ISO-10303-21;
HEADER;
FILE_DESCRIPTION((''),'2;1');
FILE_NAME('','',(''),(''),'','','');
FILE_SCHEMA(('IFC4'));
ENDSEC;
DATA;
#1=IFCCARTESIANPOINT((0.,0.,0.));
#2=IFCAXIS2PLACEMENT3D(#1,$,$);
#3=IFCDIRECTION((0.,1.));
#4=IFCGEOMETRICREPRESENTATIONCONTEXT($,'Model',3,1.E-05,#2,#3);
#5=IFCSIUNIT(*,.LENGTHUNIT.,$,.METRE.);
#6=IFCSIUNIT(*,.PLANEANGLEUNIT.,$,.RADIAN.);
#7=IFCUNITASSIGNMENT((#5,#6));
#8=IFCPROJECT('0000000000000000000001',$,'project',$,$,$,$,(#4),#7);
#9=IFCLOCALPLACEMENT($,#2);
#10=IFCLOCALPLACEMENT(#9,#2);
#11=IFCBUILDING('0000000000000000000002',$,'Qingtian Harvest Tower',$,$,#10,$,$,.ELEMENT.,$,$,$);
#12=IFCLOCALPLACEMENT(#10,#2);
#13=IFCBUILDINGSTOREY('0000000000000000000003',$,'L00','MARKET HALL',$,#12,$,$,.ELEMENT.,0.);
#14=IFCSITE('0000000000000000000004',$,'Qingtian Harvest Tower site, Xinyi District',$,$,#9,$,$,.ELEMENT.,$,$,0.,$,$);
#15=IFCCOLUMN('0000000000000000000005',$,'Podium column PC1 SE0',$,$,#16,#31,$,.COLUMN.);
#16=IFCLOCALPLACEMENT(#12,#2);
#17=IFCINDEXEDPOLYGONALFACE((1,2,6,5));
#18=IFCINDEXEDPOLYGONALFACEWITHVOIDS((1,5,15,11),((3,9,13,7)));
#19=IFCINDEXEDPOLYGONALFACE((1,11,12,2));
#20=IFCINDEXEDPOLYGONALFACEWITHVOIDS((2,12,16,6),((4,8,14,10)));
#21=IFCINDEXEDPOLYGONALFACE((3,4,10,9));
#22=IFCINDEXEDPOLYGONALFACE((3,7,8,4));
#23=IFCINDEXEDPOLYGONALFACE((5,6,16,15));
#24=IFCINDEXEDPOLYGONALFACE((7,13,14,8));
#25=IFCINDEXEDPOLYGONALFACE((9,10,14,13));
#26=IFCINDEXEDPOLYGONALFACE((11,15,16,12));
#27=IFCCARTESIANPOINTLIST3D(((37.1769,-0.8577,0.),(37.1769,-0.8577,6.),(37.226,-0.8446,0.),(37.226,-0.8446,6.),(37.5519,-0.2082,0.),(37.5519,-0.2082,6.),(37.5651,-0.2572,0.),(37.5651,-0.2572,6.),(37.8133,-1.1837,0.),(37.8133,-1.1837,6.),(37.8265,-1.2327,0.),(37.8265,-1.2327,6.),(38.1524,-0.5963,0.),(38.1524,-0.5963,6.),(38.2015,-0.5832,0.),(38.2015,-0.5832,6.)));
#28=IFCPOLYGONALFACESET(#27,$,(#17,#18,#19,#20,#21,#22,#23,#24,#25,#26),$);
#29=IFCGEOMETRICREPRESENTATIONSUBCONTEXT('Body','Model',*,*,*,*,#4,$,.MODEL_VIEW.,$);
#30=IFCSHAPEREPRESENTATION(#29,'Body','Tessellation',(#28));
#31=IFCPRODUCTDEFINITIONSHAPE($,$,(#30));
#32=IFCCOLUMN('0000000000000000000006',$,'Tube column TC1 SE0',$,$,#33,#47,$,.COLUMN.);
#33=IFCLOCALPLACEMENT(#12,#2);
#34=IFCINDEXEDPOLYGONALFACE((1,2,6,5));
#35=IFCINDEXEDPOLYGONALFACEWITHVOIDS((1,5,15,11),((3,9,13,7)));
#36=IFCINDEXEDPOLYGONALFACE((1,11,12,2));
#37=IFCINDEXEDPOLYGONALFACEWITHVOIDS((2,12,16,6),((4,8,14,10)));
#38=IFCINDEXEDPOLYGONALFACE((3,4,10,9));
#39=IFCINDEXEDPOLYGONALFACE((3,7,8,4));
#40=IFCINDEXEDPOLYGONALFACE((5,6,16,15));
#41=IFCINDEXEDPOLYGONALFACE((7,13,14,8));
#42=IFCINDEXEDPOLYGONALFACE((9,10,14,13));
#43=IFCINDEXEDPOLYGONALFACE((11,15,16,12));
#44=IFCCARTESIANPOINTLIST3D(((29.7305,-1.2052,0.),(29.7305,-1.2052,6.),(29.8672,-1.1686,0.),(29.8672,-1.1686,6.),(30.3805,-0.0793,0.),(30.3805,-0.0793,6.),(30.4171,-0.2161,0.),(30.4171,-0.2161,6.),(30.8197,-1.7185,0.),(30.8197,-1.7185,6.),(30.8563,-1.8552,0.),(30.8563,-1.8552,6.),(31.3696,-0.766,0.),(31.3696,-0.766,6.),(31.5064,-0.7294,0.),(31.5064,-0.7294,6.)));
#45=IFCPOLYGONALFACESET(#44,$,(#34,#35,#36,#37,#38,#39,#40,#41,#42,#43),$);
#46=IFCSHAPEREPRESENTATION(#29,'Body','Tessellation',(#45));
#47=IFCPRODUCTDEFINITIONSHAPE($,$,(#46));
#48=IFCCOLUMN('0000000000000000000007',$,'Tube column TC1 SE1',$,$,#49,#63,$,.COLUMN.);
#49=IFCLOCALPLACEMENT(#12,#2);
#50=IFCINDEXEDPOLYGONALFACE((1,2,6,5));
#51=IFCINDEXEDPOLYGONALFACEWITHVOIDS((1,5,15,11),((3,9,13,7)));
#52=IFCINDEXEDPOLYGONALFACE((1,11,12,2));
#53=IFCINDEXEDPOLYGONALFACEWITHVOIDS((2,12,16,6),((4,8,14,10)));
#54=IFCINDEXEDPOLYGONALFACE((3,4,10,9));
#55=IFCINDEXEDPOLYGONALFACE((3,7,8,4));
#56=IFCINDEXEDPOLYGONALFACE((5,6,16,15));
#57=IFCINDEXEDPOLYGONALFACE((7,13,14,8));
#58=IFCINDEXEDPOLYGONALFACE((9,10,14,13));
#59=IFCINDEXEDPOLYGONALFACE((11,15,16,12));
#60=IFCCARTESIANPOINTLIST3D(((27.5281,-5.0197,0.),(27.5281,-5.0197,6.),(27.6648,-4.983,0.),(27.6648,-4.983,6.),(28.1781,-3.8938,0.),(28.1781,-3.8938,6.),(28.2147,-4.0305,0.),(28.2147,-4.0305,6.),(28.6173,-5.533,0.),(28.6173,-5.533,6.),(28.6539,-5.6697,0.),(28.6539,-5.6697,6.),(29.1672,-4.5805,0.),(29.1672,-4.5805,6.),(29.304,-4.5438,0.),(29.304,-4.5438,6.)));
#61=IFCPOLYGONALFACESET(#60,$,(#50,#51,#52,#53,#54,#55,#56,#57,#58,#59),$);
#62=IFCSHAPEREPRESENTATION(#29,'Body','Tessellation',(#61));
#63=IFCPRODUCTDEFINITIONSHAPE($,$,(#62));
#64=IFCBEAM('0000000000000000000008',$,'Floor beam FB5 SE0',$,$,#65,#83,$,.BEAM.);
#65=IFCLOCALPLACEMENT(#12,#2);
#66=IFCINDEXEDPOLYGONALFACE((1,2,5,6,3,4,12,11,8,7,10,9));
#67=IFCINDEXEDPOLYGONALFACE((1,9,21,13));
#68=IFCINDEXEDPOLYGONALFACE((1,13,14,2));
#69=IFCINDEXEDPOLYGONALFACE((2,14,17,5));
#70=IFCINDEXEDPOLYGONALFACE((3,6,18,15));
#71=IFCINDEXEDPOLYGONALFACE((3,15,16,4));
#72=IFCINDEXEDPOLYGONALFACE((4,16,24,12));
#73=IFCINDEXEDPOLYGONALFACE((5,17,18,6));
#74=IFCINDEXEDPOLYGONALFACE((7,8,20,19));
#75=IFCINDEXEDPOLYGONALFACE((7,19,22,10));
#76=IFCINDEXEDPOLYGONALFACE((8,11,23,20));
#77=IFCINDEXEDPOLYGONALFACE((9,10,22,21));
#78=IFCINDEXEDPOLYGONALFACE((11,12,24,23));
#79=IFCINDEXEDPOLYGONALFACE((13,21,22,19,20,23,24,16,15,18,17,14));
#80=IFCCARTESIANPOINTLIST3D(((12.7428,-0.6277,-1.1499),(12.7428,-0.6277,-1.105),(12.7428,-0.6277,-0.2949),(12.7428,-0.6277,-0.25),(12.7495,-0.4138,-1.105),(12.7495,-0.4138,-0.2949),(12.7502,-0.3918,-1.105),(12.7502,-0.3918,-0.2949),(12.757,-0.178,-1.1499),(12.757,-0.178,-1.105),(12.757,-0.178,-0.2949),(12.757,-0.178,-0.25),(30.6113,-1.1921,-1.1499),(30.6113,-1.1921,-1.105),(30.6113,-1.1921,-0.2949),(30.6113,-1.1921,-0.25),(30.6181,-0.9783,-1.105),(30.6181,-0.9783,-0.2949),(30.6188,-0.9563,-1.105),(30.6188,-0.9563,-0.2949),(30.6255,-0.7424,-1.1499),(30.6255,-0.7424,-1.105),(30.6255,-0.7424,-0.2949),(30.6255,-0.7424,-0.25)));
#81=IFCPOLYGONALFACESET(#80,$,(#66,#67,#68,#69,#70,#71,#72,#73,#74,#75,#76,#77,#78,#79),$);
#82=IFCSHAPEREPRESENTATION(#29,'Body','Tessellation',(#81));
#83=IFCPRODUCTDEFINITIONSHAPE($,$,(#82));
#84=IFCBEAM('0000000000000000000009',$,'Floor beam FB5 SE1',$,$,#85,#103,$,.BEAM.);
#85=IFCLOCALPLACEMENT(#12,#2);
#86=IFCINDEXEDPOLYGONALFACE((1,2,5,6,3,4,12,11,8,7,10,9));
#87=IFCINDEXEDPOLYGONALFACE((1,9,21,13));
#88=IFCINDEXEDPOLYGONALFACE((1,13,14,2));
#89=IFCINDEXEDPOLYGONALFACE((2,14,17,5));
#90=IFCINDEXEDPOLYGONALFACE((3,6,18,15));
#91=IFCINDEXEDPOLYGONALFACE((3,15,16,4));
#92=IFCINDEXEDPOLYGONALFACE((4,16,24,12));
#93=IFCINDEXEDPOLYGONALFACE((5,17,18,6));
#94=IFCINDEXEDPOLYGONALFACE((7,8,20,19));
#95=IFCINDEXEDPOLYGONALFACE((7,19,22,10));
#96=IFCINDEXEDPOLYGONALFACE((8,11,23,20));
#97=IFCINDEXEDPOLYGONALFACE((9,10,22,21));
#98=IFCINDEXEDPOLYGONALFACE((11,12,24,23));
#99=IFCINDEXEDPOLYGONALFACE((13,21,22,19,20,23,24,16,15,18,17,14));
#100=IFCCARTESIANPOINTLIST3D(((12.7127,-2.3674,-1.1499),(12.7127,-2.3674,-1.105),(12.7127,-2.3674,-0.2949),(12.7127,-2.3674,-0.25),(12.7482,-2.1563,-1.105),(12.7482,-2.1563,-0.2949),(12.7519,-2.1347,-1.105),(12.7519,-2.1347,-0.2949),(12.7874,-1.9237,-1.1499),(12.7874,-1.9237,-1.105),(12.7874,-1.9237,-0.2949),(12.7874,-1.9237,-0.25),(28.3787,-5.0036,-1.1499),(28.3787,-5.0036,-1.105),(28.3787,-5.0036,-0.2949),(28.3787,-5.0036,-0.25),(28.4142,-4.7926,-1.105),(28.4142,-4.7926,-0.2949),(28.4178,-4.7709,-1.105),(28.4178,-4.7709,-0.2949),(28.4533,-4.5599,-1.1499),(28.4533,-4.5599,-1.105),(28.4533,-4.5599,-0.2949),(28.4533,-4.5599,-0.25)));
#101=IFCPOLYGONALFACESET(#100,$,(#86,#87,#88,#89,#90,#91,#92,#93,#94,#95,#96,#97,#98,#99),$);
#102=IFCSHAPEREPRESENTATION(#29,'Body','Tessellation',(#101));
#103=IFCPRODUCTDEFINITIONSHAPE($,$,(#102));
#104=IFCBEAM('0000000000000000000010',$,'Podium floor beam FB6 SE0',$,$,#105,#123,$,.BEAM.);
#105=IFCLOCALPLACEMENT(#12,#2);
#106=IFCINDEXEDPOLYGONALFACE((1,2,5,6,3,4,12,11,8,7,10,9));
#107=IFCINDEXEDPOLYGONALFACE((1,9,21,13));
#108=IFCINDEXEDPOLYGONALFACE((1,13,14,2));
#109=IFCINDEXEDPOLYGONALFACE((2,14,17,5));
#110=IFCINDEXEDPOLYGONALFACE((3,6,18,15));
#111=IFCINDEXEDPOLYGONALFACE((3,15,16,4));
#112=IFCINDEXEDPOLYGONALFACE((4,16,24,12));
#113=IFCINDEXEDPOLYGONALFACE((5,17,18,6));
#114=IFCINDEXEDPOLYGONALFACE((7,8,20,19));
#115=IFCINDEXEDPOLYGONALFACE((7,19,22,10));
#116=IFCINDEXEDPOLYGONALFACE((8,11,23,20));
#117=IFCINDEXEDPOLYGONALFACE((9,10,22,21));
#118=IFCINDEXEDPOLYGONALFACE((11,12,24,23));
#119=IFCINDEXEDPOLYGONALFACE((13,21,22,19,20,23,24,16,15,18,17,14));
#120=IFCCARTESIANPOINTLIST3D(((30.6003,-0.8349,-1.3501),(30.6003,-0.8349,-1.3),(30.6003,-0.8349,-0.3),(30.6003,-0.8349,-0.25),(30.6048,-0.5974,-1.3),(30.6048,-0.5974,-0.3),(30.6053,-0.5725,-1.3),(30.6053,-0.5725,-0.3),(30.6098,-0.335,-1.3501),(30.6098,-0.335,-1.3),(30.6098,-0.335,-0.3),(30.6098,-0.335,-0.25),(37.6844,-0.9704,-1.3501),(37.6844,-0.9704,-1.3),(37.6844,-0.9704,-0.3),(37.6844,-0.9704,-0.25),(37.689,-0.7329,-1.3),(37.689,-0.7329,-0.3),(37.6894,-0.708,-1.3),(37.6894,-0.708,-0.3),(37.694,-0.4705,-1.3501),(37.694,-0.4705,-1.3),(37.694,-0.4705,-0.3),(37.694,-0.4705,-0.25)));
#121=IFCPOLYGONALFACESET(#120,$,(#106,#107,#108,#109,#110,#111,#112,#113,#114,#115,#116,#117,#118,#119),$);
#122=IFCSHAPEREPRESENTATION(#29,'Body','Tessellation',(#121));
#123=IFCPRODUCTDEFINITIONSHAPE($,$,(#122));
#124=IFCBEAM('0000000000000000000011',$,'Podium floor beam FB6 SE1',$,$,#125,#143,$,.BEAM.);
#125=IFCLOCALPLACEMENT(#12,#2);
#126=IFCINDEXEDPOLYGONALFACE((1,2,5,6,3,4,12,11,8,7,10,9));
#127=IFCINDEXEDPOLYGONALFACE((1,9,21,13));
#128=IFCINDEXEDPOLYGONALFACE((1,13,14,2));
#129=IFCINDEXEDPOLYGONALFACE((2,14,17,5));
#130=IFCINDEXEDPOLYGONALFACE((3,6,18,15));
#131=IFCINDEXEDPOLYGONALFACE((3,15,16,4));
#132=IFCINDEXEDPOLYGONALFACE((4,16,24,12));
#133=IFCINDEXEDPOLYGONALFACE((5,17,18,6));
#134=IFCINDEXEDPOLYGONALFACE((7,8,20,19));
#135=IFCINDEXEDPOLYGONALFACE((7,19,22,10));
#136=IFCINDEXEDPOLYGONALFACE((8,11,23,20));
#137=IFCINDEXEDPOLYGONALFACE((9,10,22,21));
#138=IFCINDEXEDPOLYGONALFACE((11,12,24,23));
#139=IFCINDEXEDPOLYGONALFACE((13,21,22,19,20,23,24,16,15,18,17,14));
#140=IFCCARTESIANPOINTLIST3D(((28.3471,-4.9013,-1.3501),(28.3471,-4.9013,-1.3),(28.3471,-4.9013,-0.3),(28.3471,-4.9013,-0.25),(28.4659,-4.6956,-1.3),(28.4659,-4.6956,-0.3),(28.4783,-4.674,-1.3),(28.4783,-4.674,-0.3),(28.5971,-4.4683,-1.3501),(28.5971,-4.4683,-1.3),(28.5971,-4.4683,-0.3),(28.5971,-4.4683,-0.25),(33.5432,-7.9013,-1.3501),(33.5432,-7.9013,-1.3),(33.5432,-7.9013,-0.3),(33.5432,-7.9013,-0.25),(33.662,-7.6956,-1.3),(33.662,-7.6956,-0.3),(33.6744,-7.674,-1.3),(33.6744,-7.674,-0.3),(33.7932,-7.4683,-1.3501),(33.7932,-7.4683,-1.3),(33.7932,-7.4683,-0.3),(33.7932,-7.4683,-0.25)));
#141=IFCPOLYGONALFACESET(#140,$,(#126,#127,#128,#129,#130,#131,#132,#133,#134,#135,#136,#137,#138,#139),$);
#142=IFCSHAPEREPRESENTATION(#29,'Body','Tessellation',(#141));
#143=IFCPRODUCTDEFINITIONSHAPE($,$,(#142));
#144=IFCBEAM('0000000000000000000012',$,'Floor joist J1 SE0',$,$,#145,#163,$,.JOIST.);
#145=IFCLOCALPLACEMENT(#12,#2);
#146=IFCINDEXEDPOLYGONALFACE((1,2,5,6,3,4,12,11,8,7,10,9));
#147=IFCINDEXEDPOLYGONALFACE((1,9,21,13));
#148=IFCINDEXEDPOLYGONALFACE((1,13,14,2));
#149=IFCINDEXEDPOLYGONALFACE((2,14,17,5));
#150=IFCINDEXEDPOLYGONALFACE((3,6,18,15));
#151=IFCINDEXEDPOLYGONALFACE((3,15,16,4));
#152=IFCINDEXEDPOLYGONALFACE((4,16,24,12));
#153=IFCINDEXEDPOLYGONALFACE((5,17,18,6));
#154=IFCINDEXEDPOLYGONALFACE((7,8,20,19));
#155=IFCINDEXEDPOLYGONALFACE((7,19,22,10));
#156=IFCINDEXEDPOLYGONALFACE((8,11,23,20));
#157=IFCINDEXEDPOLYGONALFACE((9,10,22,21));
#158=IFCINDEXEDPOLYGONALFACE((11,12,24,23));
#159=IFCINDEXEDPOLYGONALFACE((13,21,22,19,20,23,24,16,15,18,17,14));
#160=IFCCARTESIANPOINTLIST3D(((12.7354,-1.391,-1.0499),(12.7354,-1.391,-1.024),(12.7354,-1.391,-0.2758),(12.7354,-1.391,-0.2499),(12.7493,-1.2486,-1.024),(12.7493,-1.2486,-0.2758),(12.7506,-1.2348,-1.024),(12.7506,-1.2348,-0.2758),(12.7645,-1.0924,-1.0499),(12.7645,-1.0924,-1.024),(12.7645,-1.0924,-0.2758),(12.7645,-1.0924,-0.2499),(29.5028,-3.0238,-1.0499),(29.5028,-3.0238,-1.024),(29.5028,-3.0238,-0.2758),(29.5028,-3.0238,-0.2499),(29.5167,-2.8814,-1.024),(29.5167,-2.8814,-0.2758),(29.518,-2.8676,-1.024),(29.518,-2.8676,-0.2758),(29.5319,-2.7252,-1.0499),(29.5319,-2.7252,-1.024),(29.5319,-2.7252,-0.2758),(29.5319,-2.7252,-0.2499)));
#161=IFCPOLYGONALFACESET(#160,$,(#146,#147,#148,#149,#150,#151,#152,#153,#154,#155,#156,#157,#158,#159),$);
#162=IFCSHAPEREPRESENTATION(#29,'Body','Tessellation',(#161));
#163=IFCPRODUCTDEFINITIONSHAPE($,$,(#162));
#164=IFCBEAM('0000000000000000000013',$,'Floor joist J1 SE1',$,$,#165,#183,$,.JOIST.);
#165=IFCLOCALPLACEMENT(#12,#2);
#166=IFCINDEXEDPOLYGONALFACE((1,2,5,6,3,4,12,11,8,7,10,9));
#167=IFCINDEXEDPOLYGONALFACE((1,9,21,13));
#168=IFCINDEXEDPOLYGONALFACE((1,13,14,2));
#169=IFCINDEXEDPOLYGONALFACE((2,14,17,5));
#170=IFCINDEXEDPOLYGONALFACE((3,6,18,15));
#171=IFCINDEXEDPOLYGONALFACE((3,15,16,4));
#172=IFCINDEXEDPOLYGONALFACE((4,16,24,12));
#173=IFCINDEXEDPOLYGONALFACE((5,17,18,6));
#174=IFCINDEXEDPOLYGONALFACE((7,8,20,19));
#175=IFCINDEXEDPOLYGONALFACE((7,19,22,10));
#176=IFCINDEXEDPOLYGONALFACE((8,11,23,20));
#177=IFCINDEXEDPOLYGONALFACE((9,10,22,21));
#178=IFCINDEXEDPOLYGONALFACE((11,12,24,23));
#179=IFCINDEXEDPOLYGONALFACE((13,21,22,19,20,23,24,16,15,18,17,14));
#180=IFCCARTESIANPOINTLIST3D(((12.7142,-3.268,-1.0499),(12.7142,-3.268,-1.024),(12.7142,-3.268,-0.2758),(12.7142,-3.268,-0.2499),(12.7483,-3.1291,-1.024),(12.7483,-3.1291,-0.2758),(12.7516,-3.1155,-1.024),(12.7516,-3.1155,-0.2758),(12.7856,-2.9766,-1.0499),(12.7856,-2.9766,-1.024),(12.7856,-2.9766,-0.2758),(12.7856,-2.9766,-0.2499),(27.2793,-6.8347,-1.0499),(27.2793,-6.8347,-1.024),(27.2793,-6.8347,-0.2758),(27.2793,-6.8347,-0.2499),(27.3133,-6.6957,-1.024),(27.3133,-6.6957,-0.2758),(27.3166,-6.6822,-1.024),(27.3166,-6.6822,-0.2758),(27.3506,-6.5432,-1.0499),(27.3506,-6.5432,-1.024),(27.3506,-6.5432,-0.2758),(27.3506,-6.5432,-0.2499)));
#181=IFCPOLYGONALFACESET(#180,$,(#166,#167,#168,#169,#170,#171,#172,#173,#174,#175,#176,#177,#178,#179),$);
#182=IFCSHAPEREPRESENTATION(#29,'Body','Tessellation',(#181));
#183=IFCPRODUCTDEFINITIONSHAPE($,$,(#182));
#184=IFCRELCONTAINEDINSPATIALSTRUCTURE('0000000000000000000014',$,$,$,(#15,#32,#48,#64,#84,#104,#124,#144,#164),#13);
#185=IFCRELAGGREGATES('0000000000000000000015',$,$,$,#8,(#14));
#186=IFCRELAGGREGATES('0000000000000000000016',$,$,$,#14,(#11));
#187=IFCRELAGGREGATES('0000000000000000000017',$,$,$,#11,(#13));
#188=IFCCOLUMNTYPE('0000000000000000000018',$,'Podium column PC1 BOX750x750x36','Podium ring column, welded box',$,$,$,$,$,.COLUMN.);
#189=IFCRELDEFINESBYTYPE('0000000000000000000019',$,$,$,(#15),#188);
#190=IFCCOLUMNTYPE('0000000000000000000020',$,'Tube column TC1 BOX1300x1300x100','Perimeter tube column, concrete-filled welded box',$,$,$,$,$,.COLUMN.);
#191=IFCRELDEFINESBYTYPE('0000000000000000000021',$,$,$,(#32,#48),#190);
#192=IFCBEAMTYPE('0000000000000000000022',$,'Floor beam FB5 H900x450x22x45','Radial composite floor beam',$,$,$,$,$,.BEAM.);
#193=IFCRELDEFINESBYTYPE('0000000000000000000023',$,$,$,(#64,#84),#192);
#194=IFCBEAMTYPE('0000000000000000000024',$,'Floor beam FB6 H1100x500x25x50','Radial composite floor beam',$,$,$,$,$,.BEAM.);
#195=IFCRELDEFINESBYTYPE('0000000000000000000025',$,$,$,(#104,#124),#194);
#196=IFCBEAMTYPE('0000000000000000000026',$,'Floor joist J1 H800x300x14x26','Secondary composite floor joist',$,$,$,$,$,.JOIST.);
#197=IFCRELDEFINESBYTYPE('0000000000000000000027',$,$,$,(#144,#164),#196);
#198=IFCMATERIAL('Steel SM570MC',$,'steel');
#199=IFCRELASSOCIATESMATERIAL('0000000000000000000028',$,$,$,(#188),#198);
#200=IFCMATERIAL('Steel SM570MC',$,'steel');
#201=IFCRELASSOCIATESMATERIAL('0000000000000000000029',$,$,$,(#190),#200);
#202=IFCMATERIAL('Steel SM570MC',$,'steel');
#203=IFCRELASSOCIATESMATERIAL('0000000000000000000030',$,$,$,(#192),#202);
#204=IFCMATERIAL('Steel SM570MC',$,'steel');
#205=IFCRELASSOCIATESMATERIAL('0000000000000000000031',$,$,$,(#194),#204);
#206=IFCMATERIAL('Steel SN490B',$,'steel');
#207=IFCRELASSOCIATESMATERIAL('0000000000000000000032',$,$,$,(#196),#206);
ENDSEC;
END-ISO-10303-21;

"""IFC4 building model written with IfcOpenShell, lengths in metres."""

from ifc_helpers import new_model, si_unit, direction, frame, origin, origin_2d, place, context, subcontext, project, spatial, hollow_rectangle, i_section, extrude, material, material_profile, profile_set, type_object, element, save


model = new_model("IFC4")

# Units and contexts
model_context = context("Model", 3, precision=1e-05, world=origin(), true_north=direction((0.0, 1.0)))
body_context = subcontext(model_context, "Body", "Model", "MODEL_VIEW")
ifc_project = project(units=[si_unit("LENGTHUNIT", "METRE"), si_unit("PLANEANGLEUNIT", "RADIAN")], contexts=[model_context])

# Site, building, storey
site_placement = place(None, origin())
site = spatial("IfcSite", under=ifc_project, at=site_placement, Name="Qingtian Harvest Tower site, Xinyi District", CompositionType="ELEMENT", RefElevation=0.0)
building_placement = place(site_placement, origin())
building = spatial("IfcBuilding", under=site, at=building_placement, Name="Qingtian Harvest Tower", CompositionType="ELEMENT")
storey_placement = place(building_placement, origin())
storey = spatial("IfcBuildingStorey", under=building, at=storey_placement, Name="L00", Description="MARKET HALL", CompositionType="ELEMENT", Elevation=0.0)

# Columns
ifc_material_1 = material(Name="Steel SM570MC", Category="steel")
ifc_material_profile_1 = material_profile(ifc_material_1, hollow_rectangle(XDim=0.75, YDim=0.75, WallThickness=0.0359, at=origin_2d()), Name="BOX750x750x36")
ifc_profile_set_1 = profile_set([ifc_material_profile_1], Name="Steel SM570MC")
column_type_1 = type_object("IfcColumnType", Name="Podium column PC1 BOX750x750x36", Description="Podium ring column, welded box", PredefinedType="COLUMN", material=ifc_profile_set_1)
column_placement = place(storey_placement, frame((37.6892, -0.7205, 0.0), z_axis=(0.0, 0.0, 1.0), x_axis=(0.5, 0.866025, 0.0)))
element("IfcColumn", 1, at=column_placement, inside=storey, type_object=column_type_1, Name="Podium column PC1 SE0", PredefinedType="COLUMN", context=body_context, shape_type="SweptSolid", body=[
    extrude(hollow_rectangle(XDim=0.75, YDim=0.75, WallThickness=0.0359, at=origin_2d()), origin(), (0.0, 0.0, 1.0), 6.0),
])
ifc_material_2 = material(Name="Steel SM570MC", Category="steel")
ifc_material_profile_2 = material_profile(ifc_material_2, hollow_rectangle(XDim=1.3, YDim=1.3, WallThickness=0.1001, at=origin_2d()), Name="BOX1300x1300x100")
ifc_profile_set_2 = profile_set([ifc_material_profile_2], Name="Steel SM570MC")
column_type_2 = type_object("IfcColumnType", Name="Tube column TC1 BOX1300x1300x100", Description="Perimeter tube column, concrete-filled welded box", PredefinedType="COLUMN", material=ifc_profile_set_2)
for number, where, z_axis, x_axis, name in (
    (2, (30.6184, -0.9673, 0.0), (0.0, 0.0, 1.0), (0.5, 0.866025, 0.0), "Tube column TC1 SE0"),
    (3, (28.416, -4.7817, 0.0), (0.0, 0.0, 1.0), (0.5, 0.866025, 0.0), "Tube column TC1 SE1"),
):
    element("IfcColumn", number, at=place(storey_placement, frame(where, z_axis=z_axis, x_axis=x_axis)), inside=storey, type_object=column_type_2, Name=name, PredefinedType="COLUMN", context=body_context, shape_type="SweptSolid", body=[
        extrude(hollow_rectangle(XDim=1.3, YDim=1.3, WallThickness=0.1001, at=origin_2d()), origin(), (0.0, 0.0, 1.0), 6.0),
    ])

# Beams
ifc_material_3 = material(Name="Steel SM570MC", Category="steel")
ifc_material_profile_3 = material_profile(ifc_material_3, i_section(OverallWidth=0.45, OverallDepth=0.8999, WebThickness=0.022, FlangeThickness=0.0449, at=origin_2d()), Name="H900x450x22x45")
ifc_profile_set_3 = profile_set([ifc_material_profile_3], Name="Steel SM570MC")
beam_type_1 = type_object("IfcBeamType", Name="Floor beam FB5 H900x450x22x45", Description="Radial composite floor beam", PredefinedType="BEAM", material=ifc_profile_set_3)
beam_1_placement = place(storey_placement, frame((30.6184, -0.9673, -0.7), z_axis=(-0.999501, 0.031574, 0.0), x_axis=(-0.031574, -0.999501, 0.0)))
element("IfcBeam", 4, at=beam_1_placement, inside=storey, type_object=beam_type_1, Name="Floor beam FB5 SE0", PredefinedType="BEAM", context=body_context, shape_type="SweptSolid", body=[
    extrude(i_section(OverallWidth=0.45, OverallDepth=0.8999, WebThickness=0.022, FlangeThickness=0.0449, at=origin_2d()), origin(), (0.0, 0.0, 1.0), 17.8774),
])
beam_2_placement = place(storey_placement, frame((28.416, -4.7817, -0.7), z_axis=(-0.986135, 0.165944, 0.0), x_axis=(-0.165944, -0.986135, 0.0)))
element("IfcBeam", 5, at=beam_2_placement, inside=storey, type_object=beam_type_1, Name="Floor beam FB5 SE1", PredefinedType="BEAM", context=body_context, shape_type="SweptSolid", body=[
    extrude(i_section(OverallWidth=0.45, OverallDepth=0.8999, WebThickness=0.022, FlangeThickness=0.0449, at=origin_2d()), origin(), (0.0, 0.0, 1.0), 15.8862),
])
ifc_material_4 = material(Name="Steel SM570MC", Category="steel")
ifc_material_profile_4 = material_profile(ifc_material_4, i_section(OverallWidth=0.5, OverallDepth=1.1001, WebThickness=0.0249, FlangeThickness=0.05, at=origin_2d()), Name="H1100x500x25x50")
ifc_profile_set_4 = profile_set([ifc_material_profile_4], Name="Steel SM570MC")
beam_type_2 = type_object("IfcBeamType", Name="Floor beam FB6 H1100x500x25x50", Description="Radial composite floor beam", PredefinedType="BEAM", material=ifc_profile_set_4)
beam_3_placement = place(storey_placement, frame((37.6892, -0.7205, -0.8), z_axis=(-0.999817, 0.019123, 0.0), x_axis=(-0.019123, -0.999817, 0.0)))
element("IfcBeam", 6, at=beam_3_placement, inside=storey, type_object=beam_type_2, Name="Podium floor beam FB6 SE0", PredefinedType="BEAM", context=body_context, shape_type="SweptSolid", body=[
    extrude(i_section(OverallWidth=0.5, OverallDepth=1.1001, WebThickness=0.0249, FlangeThickness=0.05, at=origin_2d()), origin(), (0.0, 0.0, 1.0), 7.0854),
])
beam_4_placement = place(storey_placement, frame((33.6682, -7.6848, -0.8), z_axis=(-0.866021, 0.500008, 0.0), x_axis=(-0.500008, -0.866021, 0.0)))
element("IfcBeam", 7, at=beam_4_placement, inside=storey, type_object=beam_type_2, Name="Podium floor beam FB6 SE1", PredefinedType="BEAM", context=body_context, shape_type="SweptSolid", body=[
    extrude(i_section(OverallWidth=0.5, OverallDepth=1.1001, WebThickness=0.0249, FlangeThickness=0.05, at=origin_2d()), origin(), (0.0, 0.0, 1.0), 6.0),
])
ifc_material_5 = material(Name="Steel SN490B", Category="steel")
ifc_material_profile_5 = material_profile(ifc_material_5, i_section(OverallWidth=0.3, OverallDepth=0.8, WebThickness=0.0139, FlangeThickness=0.0259, at=origin_2d()), Name="H800x300x14x26")
ifc_profile_set_5 = profile_set([ifc_material_profile_5], Name="Steel SN490B")
beam_type_3 = type_object("IfcBeamType", Name="Floor joist J1 H800x300x14x26", Description="Secondary composite floor joist", PredefinedType="JOIST", material=ifc_profile_set_5)
beam_5_placement = place(storey_placement, frame((29.5173, -2.8745, -0.6499), z_axis=(-0.995292, 0.096922, 0.0), x_axis=(-0.096922, -0.995292, 0.0)))
element("IfcBeam", 8, at=beam_5_placement, inside=storey, type_object=beam_type_3, Name="Floor joist J1 SE0", PredefinedType="JOIST", context=body_context, shape_type="SweptSolid", body=[
    extrude(i_section(OverallWidth=0.3, OverallDepth=0.8, WebThickness=0.0139, FlangeThickness=0.0259, at=origin_2d()), origin(), (0.0, 0.0, 1.0), 16.8467),
])
beam_6_placement = place(storey_placement, frame((27.3149, -6.689, -0.6499), z_axis=(-0.971302, 0.237851, 0.0), x_axis=(-0.237851, -0.971302, 0.0)))
element("IfcBeam", 9, at=beam_6_placement, inside=storey, type_object=beam_type_3, Name="Floor joist J1 SE1", PredefinedType="JOIST", context=body_context, shape_type="SweptSolid", body=[
    extrude(i_section(OverallWidth=0.3, OverallDepth=0.8, WebThickness=0.0139, FlangeThickness=0.0259, at=origin_2d()), origin(), (0.0, 0.0, 1.0), 14.9954),
])

save(model, "model.ifc")
